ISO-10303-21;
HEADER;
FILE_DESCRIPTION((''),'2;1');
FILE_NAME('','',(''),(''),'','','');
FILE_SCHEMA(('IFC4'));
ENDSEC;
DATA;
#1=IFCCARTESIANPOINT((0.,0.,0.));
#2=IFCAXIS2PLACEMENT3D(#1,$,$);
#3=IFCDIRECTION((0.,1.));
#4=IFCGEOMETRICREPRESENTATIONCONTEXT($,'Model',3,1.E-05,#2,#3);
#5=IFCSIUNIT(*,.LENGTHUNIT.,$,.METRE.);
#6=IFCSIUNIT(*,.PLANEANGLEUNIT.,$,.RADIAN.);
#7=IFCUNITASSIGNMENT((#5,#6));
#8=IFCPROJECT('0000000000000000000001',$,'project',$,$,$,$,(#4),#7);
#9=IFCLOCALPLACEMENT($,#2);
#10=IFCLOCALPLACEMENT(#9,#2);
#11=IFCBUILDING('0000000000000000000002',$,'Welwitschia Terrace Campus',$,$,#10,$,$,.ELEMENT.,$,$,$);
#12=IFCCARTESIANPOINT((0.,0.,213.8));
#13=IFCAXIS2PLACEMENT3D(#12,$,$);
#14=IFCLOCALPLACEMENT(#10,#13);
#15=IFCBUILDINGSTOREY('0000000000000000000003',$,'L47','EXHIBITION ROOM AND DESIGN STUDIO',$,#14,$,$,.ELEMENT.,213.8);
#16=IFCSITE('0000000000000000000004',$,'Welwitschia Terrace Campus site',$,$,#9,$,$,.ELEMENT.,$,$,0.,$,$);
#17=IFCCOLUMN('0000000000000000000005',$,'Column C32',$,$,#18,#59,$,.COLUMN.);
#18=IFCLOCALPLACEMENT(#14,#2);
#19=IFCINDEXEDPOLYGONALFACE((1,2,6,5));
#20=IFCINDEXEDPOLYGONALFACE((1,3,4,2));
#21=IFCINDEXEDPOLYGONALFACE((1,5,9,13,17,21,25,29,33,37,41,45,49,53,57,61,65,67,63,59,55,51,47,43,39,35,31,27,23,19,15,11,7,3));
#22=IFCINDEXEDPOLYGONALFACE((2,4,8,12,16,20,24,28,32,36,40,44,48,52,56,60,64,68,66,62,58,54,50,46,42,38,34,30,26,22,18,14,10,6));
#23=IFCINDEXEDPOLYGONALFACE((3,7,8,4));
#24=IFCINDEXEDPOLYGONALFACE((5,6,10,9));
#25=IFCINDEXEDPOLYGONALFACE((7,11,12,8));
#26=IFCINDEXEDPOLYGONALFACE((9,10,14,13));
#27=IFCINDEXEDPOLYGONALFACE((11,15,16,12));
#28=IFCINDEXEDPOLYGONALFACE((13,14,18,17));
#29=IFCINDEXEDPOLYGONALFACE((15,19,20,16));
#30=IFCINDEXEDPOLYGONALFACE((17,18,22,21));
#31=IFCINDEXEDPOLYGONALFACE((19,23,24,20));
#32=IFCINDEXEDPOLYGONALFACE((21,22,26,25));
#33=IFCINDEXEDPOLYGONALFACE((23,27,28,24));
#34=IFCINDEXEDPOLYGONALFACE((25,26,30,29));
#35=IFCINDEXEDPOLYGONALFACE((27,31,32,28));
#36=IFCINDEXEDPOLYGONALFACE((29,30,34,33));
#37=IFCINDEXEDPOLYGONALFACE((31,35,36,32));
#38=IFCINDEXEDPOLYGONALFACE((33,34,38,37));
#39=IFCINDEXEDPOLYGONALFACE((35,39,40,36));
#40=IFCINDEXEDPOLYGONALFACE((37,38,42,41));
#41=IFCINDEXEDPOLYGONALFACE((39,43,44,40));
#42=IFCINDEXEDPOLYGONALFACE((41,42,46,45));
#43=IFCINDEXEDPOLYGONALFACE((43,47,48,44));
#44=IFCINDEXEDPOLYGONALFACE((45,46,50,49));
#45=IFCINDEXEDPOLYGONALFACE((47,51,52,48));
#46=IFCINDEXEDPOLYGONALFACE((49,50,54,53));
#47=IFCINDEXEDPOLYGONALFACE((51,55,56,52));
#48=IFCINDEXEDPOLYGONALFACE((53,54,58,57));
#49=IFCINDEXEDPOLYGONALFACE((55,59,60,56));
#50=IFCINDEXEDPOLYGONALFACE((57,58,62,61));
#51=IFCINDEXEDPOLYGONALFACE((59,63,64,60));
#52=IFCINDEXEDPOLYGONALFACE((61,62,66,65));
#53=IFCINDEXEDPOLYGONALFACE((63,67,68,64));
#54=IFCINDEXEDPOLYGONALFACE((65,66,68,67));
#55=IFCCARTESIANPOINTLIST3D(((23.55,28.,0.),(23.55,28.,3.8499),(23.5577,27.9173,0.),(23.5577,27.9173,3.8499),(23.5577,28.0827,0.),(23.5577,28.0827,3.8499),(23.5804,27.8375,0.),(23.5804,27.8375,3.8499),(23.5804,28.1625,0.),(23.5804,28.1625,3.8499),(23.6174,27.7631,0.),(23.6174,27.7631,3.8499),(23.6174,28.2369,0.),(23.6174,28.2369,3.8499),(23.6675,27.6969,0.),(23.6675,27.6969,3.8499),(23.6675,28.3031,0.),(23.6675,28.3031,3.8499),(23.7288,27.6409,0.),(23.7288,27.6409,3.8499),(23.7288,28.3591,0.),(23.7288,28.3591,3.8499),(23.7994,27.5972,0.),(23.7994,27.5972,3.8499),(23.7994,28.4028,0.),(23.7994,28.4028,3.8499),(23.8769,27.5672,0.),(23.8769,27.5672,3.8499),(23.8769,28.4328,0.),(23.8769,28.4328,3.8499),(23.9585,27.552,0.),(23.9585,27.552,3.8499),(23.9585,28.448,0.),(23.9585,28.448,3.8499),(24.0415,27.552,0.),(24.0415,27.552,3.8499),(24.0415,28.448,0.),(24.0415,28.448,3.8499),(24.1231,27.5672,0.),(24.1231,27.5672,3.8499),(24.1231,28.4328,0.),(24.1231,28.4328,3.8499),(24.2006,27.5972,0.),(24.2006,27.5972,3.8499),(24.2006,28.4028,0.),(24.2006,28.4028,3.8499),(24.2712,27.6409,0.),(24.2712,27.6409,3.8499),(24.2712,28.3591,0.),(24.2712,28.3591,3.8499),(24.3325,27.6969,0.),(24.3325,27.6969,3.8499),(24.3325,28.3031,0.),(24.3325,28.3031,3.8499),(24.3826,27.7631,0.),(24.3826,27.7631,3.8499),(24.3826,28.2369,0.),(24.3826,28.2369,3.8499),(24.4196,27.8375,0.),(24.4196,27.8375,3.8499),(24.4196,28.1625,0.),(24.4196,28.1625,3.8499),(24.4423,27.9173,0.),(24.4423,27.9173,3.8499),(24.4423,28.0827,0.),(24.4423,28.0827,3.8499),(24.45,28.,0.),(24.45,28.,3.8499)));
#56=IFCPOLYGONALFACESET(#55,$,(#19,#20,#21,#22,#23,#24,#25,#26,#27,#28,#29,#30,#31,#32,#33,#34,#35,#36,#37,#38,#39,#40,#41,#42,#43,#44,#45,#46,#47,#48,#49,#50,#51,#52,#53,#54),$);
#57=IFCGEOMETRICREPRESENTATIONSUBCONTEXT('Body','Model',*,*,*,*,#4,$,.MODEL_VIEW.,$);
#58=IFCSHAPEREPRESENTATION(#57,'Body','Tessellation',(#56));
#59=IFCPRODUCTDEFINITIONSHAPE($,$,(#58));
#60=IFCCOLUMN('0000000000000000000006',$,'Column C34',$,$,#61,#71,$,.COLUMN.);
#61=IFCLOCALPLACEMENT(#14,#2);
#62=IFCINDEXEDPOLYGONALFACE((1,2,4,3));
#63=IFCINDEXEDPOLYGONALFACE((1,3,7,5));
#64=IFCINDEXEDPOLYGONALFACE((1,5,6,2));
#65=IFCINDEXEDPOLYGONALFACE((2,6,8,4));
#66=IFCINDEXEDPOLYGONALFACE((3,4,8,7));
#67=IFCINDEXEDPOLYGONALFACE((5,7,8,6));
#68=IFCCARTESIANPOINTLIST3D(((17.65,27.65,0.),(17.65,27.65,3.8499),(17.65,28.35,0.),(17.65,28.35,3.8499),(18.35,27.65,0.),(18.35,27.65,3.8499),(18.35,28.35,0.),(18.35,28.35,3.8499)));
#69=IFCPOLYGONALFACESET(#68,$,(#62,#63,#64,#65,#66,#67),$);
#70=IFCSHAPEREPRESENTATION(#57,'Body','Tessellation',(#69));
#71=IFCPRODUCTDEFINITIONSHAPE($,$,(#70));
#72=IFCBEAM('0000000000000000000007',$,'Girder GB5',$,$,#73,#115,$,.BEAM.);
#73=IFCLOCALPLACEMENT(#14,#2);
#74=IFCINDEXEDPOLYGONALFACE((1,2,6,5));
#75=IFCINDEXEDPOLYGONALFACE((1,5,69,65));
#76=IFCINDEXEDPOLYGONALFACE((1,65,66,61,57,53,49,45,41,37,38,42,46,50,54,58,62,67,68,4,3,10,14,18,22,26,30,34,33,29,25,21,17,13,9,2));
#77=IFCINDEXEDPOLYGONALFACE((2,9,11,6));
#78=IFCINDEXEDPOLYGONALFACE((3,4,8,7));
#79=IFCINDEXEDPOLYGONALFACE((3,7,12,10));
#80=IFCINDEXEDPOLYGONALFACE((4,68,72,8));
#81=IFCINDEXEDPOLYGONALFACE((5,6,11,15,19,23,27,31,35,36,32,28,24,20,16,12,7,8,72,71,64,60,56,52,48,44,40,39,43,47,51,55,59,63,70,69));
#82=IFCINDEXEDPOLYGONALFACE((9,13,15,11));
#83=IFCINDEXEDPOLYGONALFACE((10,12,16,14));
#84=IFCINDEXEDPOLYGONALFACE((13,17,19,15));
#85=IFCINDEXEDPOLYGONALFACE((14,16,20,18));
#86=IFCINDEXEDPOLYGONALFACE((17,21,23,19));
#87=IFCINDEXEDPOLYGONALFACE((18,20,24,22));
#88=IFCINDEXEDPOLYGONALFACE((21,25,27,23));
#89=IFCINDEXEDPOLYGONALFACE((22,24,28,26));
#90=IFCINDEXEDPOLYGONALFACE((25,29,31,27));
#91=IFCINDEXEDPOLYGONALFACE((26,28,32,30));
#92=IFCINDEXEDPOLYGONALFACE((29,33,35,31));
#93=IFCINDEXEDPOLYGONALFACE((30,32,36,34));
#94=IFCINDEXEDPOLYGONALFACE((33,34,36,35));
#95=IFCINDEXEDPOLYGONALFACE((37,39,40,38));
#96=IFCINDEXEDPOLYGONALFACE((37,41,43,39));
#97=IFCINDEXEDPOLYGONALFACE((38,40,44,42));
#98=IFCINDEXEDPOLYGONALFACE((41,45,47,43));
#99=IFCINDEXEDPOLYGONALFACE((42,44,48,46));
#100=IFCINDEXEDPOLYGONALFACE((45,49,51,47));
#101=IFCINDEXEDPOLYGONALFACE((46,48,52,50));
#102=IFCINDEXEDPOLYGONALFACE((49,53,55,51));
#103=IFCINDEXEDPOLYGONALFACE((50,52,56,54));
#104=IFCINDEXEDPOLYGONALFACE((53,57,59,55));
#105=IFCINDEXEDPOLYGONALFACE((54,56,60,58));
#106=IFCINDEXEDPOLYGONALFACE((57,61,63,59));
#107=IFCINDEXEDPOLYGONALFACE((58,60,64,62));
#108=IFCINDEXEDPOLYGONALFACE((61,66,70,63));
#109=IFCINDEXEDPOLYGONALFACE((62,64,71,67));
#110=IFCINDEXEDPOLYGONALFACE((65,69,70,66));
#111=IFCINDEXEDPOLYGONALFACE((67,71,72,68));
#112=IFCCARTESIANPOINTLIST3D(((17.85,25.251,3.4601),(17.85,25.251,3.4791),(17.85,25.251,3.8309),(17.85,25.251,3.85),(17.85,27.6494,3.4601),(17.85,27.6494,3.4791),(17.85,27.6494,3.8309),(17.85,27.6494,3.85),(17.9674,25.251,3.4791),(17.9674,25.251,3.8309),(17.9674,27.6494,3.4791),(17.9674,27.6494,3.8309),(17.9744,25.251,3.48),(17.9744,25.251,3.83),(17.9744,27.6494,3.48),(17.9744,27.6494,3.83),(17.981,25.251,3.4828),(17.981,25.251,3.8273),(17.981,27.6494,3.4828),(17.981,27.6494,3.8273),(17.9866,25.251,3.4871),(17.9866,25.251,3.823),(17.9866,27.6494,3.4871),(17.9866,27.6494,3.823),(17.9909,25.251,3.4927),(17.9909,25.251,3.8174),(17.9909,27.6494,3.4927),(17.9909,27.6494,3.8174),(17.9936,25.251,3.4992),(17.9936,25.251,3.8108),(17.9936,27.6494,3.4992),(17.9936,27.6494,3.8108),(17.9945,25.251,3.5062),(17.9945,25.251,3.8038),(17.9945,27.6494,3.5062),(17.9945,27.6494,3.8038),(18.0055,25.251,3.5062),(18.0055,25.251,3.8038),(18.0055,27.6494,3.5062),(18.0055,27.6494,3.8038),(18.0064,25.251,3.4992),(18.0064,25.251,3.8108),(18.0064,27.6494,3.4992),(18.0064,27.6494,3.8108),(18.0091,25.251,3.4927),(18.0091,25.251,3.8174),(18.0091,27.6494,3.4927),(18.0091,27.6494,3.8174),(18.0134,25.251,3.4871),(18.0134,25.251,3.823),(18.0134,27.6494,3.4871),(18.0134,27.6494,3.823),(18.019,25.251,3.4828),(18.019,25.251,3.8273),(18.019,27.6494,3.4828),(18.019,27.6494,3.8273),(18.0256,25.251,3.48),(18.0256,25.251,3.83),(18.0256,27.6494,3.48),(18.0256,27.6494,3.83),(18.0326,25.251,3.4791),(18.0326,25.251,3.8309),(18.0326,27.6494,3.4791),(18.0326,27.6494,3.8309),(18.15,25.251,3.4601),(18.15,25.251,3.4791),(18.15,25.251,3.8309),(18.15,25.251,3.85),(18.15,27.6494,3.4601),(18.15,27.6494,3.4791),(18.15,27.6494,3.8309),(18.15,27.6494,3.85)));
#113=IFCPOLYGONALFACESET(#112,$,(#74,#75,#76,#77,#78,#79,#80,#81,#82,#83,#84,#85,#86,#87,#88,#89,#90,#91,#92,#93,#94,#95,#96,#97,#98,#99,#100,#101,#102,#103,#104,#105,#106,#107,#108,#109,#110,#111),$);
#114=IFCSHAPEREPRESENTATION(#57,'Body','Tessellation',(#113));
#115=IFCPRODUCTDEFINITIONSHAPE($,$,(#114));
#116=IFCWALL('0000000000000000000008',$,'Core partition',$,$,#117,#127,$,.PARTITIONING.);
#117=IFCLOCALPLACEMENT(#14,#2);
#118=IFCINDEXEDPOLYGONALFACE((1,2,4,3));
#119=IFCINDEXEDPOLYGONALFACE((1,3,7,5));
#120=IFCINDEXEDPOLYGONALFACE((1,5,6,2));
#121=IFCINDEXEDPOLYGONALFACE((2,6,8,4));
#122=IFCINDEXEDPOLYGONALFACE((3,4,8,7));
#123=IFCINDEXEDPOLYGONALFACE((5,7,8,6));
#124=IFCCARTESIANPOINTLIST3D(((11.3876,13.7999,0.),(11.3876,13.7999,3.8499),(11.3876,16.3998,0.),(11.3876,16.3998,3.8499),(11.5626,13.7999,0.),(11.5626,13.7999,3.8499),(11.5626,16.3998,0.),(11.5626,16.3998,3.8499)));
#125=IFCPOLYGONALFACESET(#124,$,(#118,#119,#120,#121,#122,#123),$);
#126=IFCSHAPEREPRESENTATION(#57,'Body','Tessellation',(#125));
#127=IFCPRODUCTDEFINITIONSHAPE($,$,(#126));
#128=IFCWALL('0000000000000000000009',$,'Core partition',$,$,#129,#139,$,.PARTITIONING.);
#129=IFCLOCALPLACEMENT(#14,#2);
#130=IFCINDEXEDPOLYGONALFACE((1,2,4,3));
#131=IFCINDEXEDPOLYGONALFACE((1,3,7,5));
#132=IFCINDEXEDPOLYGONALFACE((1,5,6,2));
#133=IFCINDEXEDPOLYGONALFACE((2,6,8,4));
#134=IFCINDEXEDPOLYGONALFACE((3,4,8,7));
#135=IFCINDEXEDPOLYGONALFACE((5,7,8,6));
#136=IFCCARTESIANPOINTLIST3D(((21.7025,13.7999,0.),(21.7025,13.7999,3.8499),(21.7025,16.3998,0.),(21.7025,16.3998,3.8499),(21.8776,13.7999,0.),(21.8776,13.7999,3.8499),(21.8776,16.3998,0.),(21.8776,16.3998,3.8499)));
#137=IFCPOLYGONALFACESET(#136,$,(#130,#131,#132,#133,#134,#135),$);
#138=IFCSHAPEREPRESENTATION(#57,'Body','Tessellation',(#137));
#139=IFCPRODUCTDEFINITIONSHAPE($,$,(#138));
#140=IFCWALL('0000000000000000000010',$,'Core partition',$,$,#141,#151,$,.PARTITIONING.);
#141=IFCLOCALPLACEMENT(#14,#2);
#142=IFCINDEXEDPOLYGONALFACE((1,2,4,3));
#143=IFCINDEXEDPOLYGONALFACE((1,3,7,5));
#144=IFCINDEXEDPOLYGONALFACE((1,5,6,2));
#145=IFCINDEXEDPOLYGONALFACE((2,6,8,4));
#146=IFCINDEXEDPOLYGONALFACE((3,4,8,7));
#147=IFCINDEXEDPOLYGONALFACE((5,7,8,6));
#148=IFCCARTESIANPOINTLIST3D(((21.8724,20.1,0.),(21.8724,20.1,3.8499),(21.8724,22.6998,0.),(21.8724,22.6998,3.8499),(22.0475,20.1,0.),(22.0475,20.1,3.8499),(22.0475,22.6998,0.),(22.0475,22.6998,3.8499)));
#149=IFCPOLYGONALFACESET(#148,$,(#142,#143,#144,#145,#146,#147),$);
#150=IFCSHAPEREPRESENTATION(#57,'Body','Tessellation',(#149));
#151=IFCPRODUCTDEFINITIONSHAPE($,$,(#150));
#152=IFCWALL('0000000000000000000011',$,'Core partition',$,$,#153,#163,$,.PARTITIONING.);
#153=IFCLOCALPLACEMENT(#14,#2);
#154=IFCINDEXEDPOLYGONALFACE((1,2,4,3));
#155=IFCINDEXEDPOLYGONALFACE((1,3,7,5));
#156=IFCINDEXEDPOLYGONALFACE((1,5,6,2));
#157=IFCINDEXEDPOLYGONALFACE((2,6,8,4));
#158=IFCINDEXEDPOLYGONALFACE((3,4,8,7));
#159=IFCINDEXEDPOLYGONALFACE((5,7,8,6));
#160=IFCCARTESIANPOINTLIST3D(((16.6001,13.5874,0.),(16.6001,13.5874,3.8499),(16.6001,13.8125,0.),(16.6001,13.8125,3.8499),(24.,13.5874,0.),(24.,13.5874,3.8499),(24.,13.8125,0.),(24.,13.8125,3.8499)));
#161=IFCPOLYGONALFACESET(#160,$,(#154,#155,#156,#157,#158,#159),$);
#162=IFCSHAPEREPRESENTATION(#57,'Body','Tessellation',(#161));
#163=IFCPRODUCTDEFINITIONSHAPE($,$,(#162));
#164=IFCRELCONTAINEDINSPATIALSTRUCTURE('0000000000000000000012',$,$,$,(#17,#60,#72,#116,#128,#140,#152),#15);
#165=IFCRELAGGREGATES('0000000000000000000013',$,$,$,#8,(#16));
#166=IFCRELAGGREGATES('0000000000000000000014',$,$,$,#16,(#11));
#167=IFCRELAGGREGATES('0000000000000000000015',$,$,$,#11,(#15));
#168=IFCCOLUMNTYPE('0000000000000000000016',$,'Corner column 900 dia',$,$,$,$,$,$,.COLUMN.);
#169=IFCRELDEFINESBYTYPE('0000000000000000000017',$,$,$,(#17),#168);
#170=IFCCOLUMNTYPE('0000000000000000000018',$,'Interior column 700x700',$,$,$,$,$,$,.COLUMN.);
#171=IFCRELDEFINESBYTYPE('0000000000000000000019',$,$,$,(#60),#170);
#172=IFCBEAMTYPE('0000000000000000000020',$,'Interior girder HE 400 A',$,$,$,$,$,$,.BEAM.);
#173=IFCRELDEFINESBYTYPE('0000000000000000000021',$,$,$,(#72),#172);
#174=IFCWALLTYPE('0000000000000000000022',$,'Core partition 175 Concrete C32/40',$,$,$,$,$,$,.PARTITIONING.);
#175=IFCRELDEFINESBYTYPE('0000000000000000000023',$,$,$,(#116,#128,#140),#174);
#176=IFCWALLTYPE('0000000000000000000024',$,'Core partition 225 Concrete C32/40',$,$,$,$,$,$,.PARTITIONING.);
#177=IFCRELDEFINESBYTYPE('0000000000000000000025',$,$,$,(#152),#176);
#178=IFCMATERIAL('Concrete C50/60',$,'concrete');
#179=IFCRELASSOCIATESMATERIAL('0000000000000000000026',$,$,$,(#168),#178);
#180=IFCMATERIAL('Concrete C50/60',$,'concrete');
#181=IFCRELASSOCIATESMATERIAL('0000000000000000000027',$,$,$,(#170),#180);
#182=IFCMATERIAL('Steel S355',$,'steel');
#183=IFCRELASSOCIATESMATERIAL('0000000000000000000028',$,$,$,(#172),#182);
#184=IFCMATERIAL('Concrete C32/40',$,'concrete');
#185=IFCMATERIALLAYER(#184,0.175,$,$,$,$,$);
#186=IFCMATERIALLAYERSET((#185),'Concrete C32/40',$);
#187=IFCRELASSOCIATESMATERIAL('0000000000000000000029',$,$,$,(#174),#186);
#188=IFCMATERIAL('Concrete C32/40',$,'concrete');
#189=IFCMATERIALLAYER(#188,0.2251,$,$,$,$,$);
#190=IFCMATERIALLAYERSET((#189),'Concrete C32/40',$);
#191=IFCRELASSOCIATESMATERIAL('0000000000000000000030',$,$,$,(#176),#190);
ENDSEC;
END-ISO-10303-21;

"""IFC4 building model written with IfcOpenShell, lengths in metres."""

from ifc_helpers import new_model, si_unit, direction, frame, frame_2d, origin, origin_2d, place, context, subcontext, project, spatial, rectangle, circle, i_section, extrude, material, layer, layer_set, material_profile, profile_set, type_object, element, save


model = new_model("IFC4")

# Units and contexts
model_context = context("Model", 3, precision=1e-05, world=origin(), true_north=direction((0.0, 1.0)))
body_context = subcontext(model_context, "Body", "Model", "MODEL_VIEW")
ifc_project = project(units=[si_unit("LENGTHUNIT", "METRE"), si_unit("PLANEANGLEUNIT", "RADIAN")], contexts=[model_context])

# Site, building, storey
site_placement = place(None, origin())
site = spatial("IfcSite", under=ifc_project, at=site_placement, Name="Welwitschia Terrace Campus site", CompositionType="ELEMENT", RefElevation=0.0)
building_placement = place(site_placement, origin())
building = spatial("IfcBuilding", under=site, at=building_placement, Name="Welwitschia Terrace Campus", CompositionType="ELEMENT")
storey_placement = place(building_placement, frame((0.0, 0.0, 213.8)))
storey = spatial("IfcBuildingStorey", under=building, at=storey_placement, Name="L47", Description="EXHIBITION ROOM AND DESIGN STUDIO", CompositionType="ELEMENT", Elevation=213.8)

# Columns
ifc_material_1 = material(Name="Concrete C50/60", Category="concrete")
ifc_material_profile_1 = material_profile(ifc_material_1, circle(Radius=0.45, at=origin_2d()))
ifc_profile_set_1 = profile_set([ifc_material_profile_1], Name="Concrete C50/60")
column_type_1 = type_object("IfcColumnType", Name="Corner column 900 dia", PredefinedType="COLUMN", material=ifc_profile_set_1)
column_1_placement = place(storey_placement, frame((24.0, 28.0, 0.0), z_axis=(0.0, 0.0, 1.0), x_axis=(1.0, 0.0, 0.0)))
element("IfcColumn", 1, at=column_1_placement, inside=storey, type_object=column_type_1, Name="Column C32", PredefinedType="COLUMN", context=body_context, shape_type="SweptSolid", body=[
    extrude(circle(Radius=0.45, at=origin_2d()), origin(), (0.0, 0.0, 1.0), 3.8499),
])
ifc_material_2 = material(Name="Concrete C50/60", Category="concrete")
ifc_material_profile_2 = material_profile(ifc_material_2, rectangle(XDim=0.7, YDim=0.7, at=origin_2d()))
ifc_profile_set_2 = profile_set([ifc_material_profile_2], Name="Concrete C50/60")
column_type_2 = type_object("IfcColumnType", Name="Interior column 700x700", PredefinedType="COLUMN", material=ifc_profile_set_2)
column_2_placement = place(storey_placement, frame((18.0, 28.0, 0.0), z_axis=(0.0, 0.0, 1.0), x_axis=(1.0, 0.0, 0.0)))
element("IfcColumn", 2, at=column_2_placement, inside=storey, type_object=column_type_2, Name="Column C34", PredefinedType="COLUMN", context=body_context, shape_type="SweptSolid", body=[
    extrude(rectangle(XDim=0.7, YDim=0.7, at=origin_2d()), origin(), (0.0, 0.0, 1.0), 3.8499),
])

# Beam
ifc_material_3 = material(Name="Steel S355", Category="steel")
ifc_material_profile_3 = material_profile(ifc_material_3, i_section(OverallWidth=0.3, OverallDepth=0.3899, WebThickness=0.011, FlangeThickness=0.019, FilletRadius=0.0271, at=origin_2d()))
ifc_profile_set_3 = profile_set([ifc_material_profile_3], Name="Steel S355")
beam_type = type_object("IfcBeamType", Name="Interior girder HE 400 A", PredefinedType="BEAM", material=ifc_profile_set_3)
beam_placement = place(storey_placement, frame((18.0, 25.251, 3.655), z_axis=(0.0, 1.0, 0.0), x_axis=(-1.0, 0.0, 0.0)))
element("IfcBeam", 3, at=beam_placement, inside=storey, type_object=beam_type, Name="Girder GB5", PredefinedType="BEAM", context=body_context, shape_type="SweptSolid", body=[
    extrude(i_section(OverallWidth=0.3, OverallDepth=0.3899, WebThickness=0.011, FlangeThickness=0.019, FilletRadius=0.0271, at=origin_2d()), origin(), (0.0, 0.0, 1.0), 2.3984),
])

# Walls
ifc_material_4 = material(Name="Concrete C32/40", Category="concrete")
ifc_layer_1 = layer(ifc_material_4, 0.175)
ifc_layer_set_1 = layer_set([ifc_layer_1], Name="Concrete C32/40")
wall_type_1 = type_object("IfcWallType", Name="Core partition 175 Concrete C32/40", PredefinedType="PARTITIONING", material=ifc_layer_set_1)
for number, where, z_axis, x_axis, name in (
    (4, (11.4751, 13.8, 0.0), (0.0, 0.0, 1.0), (0.0, 1.0, 0.0), "Core partition"),
    (5, (21.79, 13.8, 0.0), (0.0, 0.0, 1.0), (0.0, 1.0, 0.0), "Core partition"),
    (6, (21.96, 20.1001, 0.0), (0.0, 0.0, 1.0), (0.0, 1.0, 0.0), "Core partition"),
):
    element("IfcWall", number, at=place(storey_placement, frame(where, z_axis=z_axis, x_axis=x_axis)), inside=storey, type_object=wall_type_1, Name=name, PredefinedType="PARTITIONING", context=body_context, shape_type="SweptSolid", body=[
        extrude(rectangle(XDim=2.5999, YDim=0.175, at=frame_2d((1.2998, 0.0))), origin(), (0.0, 0.0, 1.0), 3.8499),
    ])
ifc_material_5 = material(Name="Concrete C32/40", Category="concrete")
ifc_layer_2 = layer(ifc_material_5, 0.2251)
ifc_layer_set_2 = layer_set([ifc_layer_2], Name="Concrete C32/40")
wall_type_2 = type_object("IfcWallType", Name="Core partition 225 Concrete C32/40", PredefinedType="PARTITIONING", material=ifc_layer_set_2)
wall_1_placement = place(storey_placement, frame((16.6001, 13.7, 0.0), z_axis=(0.0, 0.0, 1.0), x_axis=(1.0, 0.0, 0.0)))
element("IfcWall", 7, at=wall_1_placement, inside=storey, type_object=wall_type_2, Name="Core partition", PredefinedType="PARTITIONING", context=body_context, shape_type="SweptSolid", body=[
    extrude(rectangle(XDim=7.3999, YDim=0.2251, at=frame_2d((3.7, 0.0))), origin(), (0.0, 0.0, 1.0), 3.8499),
])

save(model, "model.ifc")
